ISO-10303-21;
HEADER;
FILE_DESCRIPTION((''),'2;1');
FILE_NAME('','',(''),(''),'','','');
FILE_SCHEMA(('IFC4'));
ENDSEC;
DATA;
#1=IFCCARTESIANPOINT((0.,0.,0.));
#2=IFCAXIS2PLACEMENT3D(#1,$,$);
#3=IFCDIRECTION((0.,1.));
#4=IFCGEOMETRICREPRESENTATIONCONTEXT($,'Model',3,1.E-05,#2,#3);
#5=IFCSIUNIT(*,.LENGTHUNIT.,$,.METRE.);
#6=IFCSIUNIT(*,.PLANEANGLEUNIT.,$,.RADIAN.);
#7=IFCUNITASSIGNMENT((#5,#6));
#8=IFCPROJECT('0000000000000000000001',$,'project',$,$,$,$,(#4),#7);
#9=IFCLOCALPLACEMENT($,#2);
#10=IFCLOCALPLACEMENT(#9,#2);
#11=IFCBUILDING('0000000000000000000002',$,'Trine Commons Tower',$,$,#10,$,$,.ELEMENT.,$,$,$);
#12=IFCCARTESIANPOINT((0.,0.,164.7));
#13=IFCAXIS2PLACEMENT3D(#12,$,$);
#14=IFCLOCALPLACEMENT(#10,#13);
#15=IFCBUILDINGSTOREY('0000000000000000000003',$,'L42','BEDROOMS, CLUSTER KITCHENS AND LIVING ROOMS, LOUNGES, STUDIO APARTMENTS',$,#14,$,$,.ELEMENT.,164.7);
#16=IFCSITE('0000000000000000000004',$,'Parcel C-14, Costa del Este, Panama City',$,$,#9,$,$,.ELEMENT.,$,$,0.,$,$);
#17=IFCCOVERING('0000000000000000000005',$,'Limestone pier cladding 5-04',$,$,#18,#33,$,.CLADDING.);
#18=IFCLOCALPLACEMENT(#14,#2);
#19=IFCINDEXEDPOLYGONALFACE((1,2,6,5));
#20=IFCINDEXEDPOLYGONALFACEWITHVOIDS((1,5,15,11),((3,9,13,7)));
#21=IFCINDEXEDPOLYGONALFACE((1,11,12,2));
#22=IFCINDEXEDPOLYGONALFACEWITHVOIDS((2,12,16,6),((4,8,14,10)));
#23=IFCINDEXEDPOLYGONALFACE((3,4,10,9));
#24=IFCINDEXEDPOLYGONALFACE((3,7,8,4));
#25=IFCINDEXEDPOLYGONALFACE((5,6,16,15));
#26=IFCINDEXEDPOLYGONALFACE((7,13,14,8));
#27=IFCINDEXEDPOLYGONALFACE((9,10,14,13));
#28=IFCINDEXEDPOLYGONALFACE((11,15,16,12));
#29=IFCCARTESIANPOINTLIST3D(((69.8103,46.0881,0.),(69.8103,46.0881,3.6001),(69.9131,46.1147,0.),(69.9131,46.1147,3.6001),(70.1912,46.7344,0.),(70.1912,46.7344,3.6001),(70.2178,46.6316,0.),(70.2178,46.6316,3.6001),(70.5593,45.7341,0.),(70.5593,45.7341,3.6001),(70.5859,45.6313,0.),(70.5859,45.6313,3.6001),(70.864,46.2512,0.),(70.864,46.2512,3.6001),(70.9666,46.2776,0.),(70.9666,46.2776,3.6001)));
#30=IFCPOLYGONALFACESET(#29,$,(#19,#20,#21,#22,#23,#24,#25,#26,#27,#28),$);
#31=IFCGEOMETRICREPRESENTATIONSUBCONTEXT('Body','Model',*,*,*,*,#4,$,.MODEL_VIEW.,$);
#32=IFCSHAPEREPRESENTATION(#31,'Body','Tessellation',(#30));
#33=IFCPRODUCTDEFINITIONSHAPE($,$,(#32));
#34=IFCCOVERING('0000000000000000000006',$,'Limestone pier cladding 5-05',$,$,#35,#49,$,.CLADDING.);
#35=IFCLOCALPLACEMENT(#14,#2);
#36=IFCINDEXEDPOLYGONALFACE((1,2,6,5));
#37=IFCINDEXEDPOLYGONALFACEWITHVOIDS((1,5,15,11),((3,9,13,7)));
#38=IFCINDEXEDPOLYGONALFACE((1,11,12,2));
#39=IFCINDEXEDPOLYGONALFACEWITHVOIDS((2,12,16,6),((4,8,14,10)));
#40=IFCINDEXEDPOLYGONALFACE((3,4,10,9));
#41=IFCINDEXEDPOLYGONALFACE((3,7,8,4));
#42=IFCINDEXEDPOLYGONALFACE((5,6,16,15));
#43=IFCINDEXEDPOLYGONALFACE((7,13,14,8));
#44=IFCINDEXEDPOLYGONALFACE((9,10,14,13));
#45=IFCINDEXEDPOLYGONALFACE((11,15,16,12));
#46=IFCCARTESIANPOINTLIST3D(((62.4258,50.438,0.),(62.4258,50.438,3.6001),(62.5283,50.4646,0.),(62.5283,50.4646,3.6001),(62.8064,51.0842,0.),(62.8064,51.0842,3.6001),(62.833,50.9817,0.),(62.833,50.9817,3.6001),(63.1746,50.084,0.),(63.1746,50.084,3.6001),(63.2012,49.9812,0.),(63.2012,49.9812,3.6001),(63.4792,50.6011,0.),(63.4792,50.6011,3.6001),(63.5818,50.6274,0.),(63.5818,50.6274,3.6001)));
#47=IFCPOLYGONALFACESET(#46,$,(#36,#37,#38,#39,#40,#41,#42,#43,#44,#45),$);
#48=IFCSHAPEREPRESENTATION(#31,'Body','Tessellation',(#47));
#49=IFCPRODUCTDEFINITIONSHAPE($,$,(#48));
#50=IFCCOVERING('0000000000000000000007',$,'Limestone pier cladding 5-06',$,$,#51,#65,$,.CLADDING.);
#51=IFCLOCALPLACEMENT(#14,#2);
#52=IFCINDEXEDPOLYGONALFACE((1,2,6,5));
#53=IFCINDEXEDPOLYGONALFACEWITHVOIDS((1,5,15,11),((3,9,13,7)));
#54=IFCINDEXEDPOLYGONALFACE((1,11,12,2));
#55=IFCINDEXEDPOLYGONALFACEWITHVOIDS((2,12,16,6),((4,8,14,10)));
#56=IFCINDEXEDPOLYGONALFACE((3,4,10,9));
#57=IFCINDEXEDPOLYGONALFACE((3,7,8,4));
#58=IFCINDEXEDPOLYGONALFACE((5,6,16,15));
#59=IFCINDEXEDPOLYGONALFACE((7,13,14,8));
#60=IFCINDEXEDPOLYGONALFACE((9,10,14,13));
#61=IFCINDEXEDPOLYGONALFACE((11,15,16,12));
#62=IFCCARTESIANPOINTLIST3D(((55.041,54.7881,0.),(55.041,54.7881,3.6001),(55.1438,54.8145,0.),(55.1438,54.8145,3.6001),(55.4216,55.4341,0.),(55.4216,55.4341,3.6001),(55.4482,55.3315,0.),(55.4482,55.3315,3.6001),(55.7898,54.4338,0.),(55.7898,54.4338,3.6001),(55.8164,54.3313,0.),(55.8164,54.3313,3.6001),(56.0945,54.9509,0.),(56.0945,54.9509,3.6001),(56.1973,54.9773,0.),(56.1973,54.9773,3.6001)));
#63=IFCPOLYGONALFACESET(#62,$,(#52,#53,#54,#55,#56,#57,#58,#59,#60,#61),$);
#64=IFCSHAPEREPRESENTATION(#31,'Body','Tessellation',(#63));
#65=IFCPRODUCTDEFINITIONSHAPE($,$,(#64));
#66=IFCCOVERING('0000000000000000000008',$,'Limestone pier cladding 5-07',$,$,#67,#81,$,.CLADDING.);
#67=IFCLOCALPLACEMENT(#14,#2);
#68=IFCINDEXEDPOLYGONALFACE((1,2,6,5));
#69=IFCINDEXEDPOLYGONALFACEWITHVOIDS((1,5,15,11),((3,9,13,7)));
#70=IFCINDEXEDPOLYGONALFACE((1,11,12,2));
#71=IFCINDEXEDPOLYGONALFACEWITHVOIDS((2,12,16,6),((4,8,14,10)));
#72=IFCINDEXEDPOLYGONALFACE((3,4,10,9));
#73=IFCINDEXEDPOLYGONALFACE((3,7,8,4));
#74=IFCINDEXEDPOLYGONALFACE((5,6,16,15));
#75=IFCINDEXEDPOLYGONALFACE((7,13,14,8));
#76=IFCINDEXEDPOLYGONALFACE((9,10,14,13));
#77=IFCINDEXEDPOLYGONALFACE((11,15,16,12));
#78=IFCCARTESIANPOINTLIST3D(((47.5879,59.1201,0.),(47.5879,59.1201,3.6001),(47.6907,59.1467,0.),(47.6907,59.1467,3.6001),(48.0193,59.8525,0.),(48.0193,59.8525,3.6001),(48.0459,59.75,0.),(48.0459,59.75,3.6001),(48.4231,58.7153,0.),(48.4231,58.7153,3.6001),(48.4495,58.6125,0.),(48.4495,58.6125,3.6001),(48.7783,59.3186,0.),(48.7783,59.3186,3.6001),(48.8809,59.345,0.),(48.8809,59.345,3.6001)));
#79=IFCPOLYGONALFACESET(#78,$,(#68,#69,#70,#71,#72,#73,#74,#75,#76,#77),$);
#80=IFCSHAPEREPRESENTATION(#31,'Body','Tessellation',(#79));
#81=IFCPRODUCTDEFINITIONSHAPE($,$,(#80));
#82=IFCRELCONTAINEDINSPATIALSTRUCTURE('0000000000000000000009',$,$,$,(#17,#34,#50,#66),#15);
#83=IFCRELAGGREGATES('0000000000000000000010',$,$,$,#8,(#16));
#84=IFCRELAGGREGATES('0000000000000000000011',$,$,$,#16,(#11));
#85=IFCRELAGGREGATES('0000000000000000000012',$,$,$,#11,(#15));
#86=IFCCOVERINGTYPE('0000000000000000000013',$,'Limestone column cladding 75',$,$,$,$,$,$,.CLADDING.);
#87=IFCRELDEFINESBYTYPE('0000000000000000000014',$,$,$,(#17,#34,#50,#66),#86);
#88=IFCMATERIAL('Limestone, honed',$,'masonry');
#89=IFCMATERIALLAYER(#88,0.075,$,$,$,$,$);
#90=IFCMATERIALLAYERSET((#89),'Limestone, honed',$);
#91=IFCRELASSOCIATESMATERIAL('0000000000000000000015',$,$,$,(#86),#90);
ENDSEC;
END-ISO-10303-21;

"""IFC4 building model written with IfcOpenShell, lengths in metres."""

from ifc_helpers import new_model, si_unit, direction, frame, origin, place, context, subcontext, project, spatial, polyline, outline, extrude, material, layer, layer_set, type_object, element, save


model = new_model("IFC4")

# Units and contexts
model_context = context("Model", 3, precision=1e-05, world=origin(), true_north=direction((0.0, 1.0)))
body_context = subcontext(model_context, "Body", "Model", "MODEL_VIEW")
ifc_project = project(units=[si_unit("LENGTHUNIT", "METRE"), si_unit("PLANEANGLEUNIT", "RADIAN")], contexts=[model_context])

# Site, building, storey
site_placement = place(None, origin())
site = spatial("IfcSite", under=ifc_project, at=site_placement, Name="Parcel C-14, Costa del Este, Panama City", CompositionType="ELEMENT", RefElevation=0.0)
building_placement = place(site_placement, origin())
building = spatial("IfcBuilding", under=site, at=building_placement, Name="Trine Commons Tower", CompositionType="ELEMENT")
storey_placement = place(building_placement, frame((0.0, 0.0, 164.7)))
storey = spatial("IfcBuildingStorey", under=building, at=storey_placement, Name="L42", Description="BEDROOMS, CLUSTER KITCHENS AND LIVING ROOMS, LOUNGES, STUDIO APARTMENTS", CompositionType="ELEMENT", Elevation=164.7)

# Coverings
ifc_material_1 = material(Name="Limestone, honed", Category="masonry")
ifc_layer_1 = layer(ifc_material_1, 0.075)
ifc_layer_set_1 = layer_set([ifc_layer_1], Name="Limestone, honed")
covering_type_1 = type_object("IfcCoveringType", Name="Limestone column cladding 75", PredefinedType="CLADDING", material=ifc_layer_set_1)
covering_1_placement = place(storey_placement, origin())
element("IfcCovering", 1, at=covering_1_placement, inside=storey, type_object=covering_type_1, Name="Limestone pier cladding 5-04", PredefinedType="CLADDING", context=body_context, shape_type="SweptSolid", body=[
    extrude(outline(polyline([(70.1912, 46.7344), (69.8103, 46.0881), (70.5859, 45.6313), (70.9666, 46.2776), (70.1912, 46.7344)]), holes=[polyline([(70.2178, 46.6316), (69.9131, 46.1147), (70.5593, 45.7341), (70.864, 46.2512), (70.2178, 46.6316)])]), origin(), (0.0, 0.0, 1.0), 3.6001),
])
covering_2_placement = place(storey_placement, origin())
element("IfcCovering", 2, at=covering_2_placement, inside=storey, type_object=covering_type_1, Name="Limestone pier cladding 5-05", PredefinedType="CLADDING", context=body_context, shape_type="SweptSolid", body=[
    extrude(outline(polyline([(62.8064, 51.0842), (62.4258, 50.438), (63.2012, 49.9812), (63.5818, 50.6274), (62.8064, 51.0842)]), holes=[polyline([(62.833, 50.9817), (62.5283, 50.4646), (63.1746, 50.084), (63.4792, 50.6011), (62.833, 50.9817)])]), origin(), (0.0, 0.0, 1.0), 3.6001),
])
covering_3_placement = place(storey_placement, origin())
element("IfcCovering", 3, at=covering_3_placement, inside=storey, type_object=covering_type_1, Name="Limestone pier cladding 5-06", PredefinedType="CLADDING", context=body_context, shape_type="SweptSolid", body=[
    extrude(outline(polyline([(55.4216, 55.4341), (55.041, 54.7881), (55.8164, 54.3313), (56.1973, 54.9773), (55.4216, 55.4341)]), holes=[polyline([(55.4482, 55.3315), (55.1438, 54.8145), (55.7898, 54.4338), (56.0945, 54.9509), (55.4482, 55.3315)])]), origin(), (0.0, 0.0, 1.0), 3.6001),
])
covering_4_placement = place(storey_placement, origin())
element("IfcCovering", 4, at=covering_4_placement, inside=storey, type_object=covering_type_1, Name="Limestone pier cladding 5-07", PredefinedType="CLADDING", context=body_context, shape_type="SweptSolid", body=[
    extrude(outline(polyline([(48.0193, 59.8525), (47.5879, 59.1201), (48.4495, 58.6125), (48.8809, 59.345), (48.0193, 59.8525)]), holes=[polyline([(48.0459, 59.75), (47.6907, 59.1467), (48.4231, 58.7153), (48.7783, 59.3186), (48.0459, 59.75)])]), origin(), (0.0, 0.0, 1.0), 3.6001),
])

save(model, "model.ifc")
